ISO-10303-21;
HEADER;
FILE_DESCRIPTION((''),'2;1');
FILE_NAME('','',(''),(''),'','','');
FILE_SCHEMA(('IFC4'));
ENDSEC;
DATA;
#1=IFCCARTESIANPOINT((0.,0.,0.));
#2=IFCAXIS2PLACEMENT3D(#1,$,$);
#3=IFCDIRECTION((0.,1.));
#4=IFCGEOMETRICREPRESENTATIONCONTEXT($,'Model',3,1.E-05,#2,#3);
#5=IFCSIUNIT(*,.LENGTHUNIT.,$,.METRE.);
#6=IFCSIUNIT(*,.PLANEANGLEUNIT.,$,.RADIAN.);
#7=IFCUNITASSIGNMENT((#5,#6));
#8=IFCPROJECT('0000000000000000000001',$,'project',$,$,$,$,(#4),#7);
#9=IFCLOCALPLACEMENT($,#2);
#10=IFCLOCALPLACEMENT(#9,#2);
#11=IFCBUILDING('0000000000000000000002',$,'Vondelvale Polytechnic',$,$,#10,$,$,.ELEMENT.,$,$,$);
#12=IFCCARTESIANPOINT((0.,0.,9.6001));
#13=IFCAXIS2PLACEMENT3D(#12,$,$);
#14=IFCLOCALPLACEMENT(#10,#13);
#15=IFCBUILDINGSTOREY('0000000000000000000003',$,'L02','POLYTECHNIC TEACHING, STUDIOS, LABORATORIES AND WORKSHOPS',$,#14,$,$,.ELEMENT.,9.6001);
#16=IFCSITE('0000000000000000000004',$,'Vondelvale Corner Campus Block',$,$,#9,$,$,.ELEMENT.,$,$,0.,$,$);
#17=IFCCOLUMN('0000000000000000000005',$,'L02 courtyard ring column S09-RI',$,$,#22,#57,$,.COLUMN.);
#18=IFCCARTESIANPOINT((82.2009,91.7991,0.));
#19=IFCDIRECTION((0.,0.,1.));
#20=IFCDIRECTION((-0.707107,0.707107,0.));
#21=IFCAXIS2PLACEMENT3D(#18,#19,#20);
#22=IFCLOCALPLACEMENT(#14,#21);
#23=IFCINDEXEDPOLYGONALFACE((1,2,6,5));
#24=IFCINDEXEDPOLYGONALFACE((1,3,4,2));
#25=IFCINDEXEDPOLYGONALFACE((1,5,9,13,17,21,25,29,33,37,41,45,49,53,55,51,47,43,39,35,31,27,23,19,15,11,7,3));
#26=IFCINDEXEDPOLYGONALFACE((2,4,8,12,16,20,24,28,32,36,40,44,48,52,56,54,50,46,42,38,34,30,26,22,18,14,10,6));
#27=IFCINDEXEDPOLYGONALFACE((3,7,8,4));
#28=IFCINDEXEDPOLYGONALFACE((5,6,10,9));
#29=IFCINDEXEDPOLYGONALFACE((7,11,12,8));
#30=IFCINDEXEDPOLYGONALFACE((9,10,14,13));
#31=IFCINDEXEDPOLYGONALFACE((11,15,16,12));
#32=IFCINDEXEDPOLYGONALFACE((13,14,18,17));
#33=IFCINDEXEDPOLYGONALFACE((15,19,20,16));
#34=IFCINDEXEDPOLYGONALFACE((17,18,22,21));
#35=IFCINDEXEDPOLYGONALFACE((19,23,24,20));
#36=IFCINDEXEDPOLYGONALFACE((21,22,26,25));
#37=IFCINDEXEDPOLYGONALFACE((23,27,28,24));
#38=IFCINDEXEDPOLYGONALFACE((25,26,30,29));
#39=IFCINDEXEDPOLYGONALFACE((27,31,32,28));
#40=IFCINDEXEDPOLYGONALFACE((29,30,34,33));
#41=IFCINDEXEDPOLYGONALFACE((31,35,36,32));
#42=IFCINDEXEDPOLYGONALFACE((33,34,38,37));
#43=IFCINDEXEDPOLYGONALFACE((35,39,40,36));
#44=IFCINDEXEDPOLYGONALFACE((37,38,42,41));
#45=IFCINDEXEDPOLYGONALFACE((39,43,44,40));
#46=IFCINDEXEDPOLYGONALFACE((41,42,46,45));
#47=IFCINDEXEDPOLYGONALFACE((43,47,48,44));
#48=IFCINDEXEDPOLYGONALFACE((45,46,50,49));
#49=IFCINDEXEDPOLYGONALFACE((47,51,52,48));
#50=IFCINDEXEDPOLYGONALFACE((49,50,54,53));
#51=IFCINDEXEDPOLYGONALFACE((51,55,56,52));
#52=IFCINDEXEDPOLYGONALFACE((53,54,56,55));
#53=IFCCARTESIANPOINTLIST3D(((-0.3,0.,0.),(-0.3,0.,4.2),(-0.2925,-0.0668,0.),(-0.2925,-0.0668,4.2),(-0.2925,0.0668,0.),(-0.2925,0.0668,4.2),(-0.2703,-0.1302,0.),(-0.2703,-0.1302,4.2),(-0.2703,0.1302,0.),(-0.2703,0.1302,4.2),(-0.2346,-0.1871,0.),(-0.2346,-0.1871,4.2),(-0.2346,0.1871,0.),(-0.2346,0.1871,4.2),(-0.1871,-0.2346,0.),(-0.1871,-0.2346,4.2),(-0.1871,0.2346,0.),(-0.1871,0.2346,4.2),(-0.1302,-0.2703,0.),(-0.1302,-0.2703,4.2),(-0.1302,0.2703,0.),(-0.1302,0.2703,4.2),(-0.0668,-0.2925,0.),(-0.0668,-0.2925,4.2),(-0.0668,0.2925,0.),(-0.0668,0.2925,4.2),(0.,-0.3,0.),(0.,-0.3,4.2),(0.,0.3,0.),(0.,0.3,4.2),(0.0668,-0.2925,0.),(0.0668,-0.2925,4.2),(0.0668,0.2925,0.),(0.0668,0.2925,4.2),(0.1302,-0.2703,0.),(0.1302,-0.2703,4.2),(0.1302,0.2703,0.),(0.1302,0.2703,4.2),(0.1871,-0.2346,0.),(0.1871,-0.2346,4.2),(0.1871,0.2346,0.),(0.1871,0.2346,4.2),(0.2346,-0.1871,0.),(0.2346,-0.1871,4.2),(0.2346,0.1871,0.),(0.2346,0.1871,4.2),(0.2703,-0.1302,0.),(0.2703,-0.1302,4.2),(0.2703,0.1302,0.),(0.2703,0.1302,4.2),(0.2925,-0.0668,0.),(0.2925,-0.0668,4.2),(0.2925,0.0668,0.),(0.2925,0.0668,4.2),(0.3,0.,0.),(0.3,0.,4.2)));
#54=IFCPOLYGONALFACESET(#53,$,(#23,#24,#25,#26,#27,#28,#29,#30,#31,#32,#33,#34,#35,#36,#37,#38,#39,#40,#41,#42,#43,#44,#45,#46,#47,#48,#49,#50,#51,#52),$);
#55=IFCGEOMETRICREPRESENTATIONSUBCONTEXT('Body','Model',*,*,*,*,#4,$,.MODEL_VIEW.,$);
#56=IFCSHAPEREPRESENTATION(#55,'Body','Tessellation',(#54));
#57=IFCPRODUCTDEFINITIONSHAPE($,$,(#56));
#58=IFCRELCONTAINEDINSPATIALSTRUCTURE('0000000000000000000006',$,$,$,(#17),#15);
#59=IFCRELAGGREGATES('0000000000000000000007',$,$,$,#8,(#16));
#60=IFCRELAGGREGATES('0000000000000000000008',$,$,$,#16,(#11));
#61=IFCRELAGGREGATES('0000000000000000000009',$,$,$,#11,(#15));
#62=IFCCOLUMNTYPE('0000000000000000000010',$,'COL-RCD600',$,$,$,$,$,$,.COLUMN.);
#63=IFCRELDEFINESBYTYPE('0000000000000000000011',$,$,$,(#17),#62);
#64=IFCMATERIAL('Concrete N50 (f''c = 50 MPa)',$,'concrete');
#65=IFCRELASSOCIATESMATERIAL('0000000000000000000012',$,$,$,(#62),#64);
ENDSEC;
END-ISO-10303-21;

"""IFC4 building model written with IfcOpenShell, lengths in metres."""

from ifc_helpers import new_model, si_unit, direction, frame, origin, origin_2d, place, context, subcontext, project, spatial, circle, extrude, material, material_profile, profile_set, type_object, element, save


model = new_model("IFC4")

# Units and contexts
model_context = context("Model", 3, precision=1e-05, world=origin(), true_north=direction((0.0, 1.0)))
body_context = subcontext(model_context, "Body", "Model", "MODEL_VIEW")
ifc_project = project(units=[si_unit("LENGTHUNIT", "METRE"), si_unit("PLANEANGLEUNIT", "RADIAN")], contexts=[model_context])

# Site, building, storey
site_placement = place(None, origin())
site = spatial("IfcSite", under=ifc_project, at=site_placement, Name="Vondelvale Corner Campus Block", CompositionType="ELEMENT", RefElevation=0.0)
building_placement = place(site_placement, origin())
building = spatial("IfcBuilding", under=site, at=building_placement, Name="Vondelvale Polytechnic", CompositionType="ELEMENT")
storey_placement = place(building_placement, frame((0.0, 0.0, 9.6001)))
storey = spatial("IfcBuildingStorey", under=building, at=storey_placement, Name="L02", Description="POLYTECHNIC TEACHING, STUDIOS, LABORATORIES AND WORKSHOPS", CompositionType="ELEMENT", Elevation=9.6001)

# Column
ifc_material_1 = material(Name="Concrete N50 (f'c = 50 MPa)", Category="concrete")
ifc_material_profile_1 = material_profile(ifc_material_1, circle(Radius=0.3, at=origin_2d()), Name="RC-COL-D600")
ifc_profile_set_1 = profile_set([ifc_material_profile_1], Name="Concrete N50 (f'c = 50 MPa)")
column_type = type_object("IfcColumnType", Name="COL-RCD600", PredefinedType="COLUMN", material=ifc_profile_set_1)
column_placement = place(storey_placement, frame((82.2009, 91.7991, 0.0), z_axis=(0.0, 0.0, 1.0), x_axis=(-0.707107, 0.707107, 0.0)))
element("IfcColumn", 1, at=column_placement, inside=storey, type_object=column_type, Name="L02 courtyard ring column S09-RI", PredefinedType="COLUMN", context=body_context, shape_type="SweptSolid", body=[
    extrude(circle(Radius=0.3, at=origin_2d()), origin(), (0.0, 0.0, 1.0), 4.2),
])

save(model, "model.ifc")
